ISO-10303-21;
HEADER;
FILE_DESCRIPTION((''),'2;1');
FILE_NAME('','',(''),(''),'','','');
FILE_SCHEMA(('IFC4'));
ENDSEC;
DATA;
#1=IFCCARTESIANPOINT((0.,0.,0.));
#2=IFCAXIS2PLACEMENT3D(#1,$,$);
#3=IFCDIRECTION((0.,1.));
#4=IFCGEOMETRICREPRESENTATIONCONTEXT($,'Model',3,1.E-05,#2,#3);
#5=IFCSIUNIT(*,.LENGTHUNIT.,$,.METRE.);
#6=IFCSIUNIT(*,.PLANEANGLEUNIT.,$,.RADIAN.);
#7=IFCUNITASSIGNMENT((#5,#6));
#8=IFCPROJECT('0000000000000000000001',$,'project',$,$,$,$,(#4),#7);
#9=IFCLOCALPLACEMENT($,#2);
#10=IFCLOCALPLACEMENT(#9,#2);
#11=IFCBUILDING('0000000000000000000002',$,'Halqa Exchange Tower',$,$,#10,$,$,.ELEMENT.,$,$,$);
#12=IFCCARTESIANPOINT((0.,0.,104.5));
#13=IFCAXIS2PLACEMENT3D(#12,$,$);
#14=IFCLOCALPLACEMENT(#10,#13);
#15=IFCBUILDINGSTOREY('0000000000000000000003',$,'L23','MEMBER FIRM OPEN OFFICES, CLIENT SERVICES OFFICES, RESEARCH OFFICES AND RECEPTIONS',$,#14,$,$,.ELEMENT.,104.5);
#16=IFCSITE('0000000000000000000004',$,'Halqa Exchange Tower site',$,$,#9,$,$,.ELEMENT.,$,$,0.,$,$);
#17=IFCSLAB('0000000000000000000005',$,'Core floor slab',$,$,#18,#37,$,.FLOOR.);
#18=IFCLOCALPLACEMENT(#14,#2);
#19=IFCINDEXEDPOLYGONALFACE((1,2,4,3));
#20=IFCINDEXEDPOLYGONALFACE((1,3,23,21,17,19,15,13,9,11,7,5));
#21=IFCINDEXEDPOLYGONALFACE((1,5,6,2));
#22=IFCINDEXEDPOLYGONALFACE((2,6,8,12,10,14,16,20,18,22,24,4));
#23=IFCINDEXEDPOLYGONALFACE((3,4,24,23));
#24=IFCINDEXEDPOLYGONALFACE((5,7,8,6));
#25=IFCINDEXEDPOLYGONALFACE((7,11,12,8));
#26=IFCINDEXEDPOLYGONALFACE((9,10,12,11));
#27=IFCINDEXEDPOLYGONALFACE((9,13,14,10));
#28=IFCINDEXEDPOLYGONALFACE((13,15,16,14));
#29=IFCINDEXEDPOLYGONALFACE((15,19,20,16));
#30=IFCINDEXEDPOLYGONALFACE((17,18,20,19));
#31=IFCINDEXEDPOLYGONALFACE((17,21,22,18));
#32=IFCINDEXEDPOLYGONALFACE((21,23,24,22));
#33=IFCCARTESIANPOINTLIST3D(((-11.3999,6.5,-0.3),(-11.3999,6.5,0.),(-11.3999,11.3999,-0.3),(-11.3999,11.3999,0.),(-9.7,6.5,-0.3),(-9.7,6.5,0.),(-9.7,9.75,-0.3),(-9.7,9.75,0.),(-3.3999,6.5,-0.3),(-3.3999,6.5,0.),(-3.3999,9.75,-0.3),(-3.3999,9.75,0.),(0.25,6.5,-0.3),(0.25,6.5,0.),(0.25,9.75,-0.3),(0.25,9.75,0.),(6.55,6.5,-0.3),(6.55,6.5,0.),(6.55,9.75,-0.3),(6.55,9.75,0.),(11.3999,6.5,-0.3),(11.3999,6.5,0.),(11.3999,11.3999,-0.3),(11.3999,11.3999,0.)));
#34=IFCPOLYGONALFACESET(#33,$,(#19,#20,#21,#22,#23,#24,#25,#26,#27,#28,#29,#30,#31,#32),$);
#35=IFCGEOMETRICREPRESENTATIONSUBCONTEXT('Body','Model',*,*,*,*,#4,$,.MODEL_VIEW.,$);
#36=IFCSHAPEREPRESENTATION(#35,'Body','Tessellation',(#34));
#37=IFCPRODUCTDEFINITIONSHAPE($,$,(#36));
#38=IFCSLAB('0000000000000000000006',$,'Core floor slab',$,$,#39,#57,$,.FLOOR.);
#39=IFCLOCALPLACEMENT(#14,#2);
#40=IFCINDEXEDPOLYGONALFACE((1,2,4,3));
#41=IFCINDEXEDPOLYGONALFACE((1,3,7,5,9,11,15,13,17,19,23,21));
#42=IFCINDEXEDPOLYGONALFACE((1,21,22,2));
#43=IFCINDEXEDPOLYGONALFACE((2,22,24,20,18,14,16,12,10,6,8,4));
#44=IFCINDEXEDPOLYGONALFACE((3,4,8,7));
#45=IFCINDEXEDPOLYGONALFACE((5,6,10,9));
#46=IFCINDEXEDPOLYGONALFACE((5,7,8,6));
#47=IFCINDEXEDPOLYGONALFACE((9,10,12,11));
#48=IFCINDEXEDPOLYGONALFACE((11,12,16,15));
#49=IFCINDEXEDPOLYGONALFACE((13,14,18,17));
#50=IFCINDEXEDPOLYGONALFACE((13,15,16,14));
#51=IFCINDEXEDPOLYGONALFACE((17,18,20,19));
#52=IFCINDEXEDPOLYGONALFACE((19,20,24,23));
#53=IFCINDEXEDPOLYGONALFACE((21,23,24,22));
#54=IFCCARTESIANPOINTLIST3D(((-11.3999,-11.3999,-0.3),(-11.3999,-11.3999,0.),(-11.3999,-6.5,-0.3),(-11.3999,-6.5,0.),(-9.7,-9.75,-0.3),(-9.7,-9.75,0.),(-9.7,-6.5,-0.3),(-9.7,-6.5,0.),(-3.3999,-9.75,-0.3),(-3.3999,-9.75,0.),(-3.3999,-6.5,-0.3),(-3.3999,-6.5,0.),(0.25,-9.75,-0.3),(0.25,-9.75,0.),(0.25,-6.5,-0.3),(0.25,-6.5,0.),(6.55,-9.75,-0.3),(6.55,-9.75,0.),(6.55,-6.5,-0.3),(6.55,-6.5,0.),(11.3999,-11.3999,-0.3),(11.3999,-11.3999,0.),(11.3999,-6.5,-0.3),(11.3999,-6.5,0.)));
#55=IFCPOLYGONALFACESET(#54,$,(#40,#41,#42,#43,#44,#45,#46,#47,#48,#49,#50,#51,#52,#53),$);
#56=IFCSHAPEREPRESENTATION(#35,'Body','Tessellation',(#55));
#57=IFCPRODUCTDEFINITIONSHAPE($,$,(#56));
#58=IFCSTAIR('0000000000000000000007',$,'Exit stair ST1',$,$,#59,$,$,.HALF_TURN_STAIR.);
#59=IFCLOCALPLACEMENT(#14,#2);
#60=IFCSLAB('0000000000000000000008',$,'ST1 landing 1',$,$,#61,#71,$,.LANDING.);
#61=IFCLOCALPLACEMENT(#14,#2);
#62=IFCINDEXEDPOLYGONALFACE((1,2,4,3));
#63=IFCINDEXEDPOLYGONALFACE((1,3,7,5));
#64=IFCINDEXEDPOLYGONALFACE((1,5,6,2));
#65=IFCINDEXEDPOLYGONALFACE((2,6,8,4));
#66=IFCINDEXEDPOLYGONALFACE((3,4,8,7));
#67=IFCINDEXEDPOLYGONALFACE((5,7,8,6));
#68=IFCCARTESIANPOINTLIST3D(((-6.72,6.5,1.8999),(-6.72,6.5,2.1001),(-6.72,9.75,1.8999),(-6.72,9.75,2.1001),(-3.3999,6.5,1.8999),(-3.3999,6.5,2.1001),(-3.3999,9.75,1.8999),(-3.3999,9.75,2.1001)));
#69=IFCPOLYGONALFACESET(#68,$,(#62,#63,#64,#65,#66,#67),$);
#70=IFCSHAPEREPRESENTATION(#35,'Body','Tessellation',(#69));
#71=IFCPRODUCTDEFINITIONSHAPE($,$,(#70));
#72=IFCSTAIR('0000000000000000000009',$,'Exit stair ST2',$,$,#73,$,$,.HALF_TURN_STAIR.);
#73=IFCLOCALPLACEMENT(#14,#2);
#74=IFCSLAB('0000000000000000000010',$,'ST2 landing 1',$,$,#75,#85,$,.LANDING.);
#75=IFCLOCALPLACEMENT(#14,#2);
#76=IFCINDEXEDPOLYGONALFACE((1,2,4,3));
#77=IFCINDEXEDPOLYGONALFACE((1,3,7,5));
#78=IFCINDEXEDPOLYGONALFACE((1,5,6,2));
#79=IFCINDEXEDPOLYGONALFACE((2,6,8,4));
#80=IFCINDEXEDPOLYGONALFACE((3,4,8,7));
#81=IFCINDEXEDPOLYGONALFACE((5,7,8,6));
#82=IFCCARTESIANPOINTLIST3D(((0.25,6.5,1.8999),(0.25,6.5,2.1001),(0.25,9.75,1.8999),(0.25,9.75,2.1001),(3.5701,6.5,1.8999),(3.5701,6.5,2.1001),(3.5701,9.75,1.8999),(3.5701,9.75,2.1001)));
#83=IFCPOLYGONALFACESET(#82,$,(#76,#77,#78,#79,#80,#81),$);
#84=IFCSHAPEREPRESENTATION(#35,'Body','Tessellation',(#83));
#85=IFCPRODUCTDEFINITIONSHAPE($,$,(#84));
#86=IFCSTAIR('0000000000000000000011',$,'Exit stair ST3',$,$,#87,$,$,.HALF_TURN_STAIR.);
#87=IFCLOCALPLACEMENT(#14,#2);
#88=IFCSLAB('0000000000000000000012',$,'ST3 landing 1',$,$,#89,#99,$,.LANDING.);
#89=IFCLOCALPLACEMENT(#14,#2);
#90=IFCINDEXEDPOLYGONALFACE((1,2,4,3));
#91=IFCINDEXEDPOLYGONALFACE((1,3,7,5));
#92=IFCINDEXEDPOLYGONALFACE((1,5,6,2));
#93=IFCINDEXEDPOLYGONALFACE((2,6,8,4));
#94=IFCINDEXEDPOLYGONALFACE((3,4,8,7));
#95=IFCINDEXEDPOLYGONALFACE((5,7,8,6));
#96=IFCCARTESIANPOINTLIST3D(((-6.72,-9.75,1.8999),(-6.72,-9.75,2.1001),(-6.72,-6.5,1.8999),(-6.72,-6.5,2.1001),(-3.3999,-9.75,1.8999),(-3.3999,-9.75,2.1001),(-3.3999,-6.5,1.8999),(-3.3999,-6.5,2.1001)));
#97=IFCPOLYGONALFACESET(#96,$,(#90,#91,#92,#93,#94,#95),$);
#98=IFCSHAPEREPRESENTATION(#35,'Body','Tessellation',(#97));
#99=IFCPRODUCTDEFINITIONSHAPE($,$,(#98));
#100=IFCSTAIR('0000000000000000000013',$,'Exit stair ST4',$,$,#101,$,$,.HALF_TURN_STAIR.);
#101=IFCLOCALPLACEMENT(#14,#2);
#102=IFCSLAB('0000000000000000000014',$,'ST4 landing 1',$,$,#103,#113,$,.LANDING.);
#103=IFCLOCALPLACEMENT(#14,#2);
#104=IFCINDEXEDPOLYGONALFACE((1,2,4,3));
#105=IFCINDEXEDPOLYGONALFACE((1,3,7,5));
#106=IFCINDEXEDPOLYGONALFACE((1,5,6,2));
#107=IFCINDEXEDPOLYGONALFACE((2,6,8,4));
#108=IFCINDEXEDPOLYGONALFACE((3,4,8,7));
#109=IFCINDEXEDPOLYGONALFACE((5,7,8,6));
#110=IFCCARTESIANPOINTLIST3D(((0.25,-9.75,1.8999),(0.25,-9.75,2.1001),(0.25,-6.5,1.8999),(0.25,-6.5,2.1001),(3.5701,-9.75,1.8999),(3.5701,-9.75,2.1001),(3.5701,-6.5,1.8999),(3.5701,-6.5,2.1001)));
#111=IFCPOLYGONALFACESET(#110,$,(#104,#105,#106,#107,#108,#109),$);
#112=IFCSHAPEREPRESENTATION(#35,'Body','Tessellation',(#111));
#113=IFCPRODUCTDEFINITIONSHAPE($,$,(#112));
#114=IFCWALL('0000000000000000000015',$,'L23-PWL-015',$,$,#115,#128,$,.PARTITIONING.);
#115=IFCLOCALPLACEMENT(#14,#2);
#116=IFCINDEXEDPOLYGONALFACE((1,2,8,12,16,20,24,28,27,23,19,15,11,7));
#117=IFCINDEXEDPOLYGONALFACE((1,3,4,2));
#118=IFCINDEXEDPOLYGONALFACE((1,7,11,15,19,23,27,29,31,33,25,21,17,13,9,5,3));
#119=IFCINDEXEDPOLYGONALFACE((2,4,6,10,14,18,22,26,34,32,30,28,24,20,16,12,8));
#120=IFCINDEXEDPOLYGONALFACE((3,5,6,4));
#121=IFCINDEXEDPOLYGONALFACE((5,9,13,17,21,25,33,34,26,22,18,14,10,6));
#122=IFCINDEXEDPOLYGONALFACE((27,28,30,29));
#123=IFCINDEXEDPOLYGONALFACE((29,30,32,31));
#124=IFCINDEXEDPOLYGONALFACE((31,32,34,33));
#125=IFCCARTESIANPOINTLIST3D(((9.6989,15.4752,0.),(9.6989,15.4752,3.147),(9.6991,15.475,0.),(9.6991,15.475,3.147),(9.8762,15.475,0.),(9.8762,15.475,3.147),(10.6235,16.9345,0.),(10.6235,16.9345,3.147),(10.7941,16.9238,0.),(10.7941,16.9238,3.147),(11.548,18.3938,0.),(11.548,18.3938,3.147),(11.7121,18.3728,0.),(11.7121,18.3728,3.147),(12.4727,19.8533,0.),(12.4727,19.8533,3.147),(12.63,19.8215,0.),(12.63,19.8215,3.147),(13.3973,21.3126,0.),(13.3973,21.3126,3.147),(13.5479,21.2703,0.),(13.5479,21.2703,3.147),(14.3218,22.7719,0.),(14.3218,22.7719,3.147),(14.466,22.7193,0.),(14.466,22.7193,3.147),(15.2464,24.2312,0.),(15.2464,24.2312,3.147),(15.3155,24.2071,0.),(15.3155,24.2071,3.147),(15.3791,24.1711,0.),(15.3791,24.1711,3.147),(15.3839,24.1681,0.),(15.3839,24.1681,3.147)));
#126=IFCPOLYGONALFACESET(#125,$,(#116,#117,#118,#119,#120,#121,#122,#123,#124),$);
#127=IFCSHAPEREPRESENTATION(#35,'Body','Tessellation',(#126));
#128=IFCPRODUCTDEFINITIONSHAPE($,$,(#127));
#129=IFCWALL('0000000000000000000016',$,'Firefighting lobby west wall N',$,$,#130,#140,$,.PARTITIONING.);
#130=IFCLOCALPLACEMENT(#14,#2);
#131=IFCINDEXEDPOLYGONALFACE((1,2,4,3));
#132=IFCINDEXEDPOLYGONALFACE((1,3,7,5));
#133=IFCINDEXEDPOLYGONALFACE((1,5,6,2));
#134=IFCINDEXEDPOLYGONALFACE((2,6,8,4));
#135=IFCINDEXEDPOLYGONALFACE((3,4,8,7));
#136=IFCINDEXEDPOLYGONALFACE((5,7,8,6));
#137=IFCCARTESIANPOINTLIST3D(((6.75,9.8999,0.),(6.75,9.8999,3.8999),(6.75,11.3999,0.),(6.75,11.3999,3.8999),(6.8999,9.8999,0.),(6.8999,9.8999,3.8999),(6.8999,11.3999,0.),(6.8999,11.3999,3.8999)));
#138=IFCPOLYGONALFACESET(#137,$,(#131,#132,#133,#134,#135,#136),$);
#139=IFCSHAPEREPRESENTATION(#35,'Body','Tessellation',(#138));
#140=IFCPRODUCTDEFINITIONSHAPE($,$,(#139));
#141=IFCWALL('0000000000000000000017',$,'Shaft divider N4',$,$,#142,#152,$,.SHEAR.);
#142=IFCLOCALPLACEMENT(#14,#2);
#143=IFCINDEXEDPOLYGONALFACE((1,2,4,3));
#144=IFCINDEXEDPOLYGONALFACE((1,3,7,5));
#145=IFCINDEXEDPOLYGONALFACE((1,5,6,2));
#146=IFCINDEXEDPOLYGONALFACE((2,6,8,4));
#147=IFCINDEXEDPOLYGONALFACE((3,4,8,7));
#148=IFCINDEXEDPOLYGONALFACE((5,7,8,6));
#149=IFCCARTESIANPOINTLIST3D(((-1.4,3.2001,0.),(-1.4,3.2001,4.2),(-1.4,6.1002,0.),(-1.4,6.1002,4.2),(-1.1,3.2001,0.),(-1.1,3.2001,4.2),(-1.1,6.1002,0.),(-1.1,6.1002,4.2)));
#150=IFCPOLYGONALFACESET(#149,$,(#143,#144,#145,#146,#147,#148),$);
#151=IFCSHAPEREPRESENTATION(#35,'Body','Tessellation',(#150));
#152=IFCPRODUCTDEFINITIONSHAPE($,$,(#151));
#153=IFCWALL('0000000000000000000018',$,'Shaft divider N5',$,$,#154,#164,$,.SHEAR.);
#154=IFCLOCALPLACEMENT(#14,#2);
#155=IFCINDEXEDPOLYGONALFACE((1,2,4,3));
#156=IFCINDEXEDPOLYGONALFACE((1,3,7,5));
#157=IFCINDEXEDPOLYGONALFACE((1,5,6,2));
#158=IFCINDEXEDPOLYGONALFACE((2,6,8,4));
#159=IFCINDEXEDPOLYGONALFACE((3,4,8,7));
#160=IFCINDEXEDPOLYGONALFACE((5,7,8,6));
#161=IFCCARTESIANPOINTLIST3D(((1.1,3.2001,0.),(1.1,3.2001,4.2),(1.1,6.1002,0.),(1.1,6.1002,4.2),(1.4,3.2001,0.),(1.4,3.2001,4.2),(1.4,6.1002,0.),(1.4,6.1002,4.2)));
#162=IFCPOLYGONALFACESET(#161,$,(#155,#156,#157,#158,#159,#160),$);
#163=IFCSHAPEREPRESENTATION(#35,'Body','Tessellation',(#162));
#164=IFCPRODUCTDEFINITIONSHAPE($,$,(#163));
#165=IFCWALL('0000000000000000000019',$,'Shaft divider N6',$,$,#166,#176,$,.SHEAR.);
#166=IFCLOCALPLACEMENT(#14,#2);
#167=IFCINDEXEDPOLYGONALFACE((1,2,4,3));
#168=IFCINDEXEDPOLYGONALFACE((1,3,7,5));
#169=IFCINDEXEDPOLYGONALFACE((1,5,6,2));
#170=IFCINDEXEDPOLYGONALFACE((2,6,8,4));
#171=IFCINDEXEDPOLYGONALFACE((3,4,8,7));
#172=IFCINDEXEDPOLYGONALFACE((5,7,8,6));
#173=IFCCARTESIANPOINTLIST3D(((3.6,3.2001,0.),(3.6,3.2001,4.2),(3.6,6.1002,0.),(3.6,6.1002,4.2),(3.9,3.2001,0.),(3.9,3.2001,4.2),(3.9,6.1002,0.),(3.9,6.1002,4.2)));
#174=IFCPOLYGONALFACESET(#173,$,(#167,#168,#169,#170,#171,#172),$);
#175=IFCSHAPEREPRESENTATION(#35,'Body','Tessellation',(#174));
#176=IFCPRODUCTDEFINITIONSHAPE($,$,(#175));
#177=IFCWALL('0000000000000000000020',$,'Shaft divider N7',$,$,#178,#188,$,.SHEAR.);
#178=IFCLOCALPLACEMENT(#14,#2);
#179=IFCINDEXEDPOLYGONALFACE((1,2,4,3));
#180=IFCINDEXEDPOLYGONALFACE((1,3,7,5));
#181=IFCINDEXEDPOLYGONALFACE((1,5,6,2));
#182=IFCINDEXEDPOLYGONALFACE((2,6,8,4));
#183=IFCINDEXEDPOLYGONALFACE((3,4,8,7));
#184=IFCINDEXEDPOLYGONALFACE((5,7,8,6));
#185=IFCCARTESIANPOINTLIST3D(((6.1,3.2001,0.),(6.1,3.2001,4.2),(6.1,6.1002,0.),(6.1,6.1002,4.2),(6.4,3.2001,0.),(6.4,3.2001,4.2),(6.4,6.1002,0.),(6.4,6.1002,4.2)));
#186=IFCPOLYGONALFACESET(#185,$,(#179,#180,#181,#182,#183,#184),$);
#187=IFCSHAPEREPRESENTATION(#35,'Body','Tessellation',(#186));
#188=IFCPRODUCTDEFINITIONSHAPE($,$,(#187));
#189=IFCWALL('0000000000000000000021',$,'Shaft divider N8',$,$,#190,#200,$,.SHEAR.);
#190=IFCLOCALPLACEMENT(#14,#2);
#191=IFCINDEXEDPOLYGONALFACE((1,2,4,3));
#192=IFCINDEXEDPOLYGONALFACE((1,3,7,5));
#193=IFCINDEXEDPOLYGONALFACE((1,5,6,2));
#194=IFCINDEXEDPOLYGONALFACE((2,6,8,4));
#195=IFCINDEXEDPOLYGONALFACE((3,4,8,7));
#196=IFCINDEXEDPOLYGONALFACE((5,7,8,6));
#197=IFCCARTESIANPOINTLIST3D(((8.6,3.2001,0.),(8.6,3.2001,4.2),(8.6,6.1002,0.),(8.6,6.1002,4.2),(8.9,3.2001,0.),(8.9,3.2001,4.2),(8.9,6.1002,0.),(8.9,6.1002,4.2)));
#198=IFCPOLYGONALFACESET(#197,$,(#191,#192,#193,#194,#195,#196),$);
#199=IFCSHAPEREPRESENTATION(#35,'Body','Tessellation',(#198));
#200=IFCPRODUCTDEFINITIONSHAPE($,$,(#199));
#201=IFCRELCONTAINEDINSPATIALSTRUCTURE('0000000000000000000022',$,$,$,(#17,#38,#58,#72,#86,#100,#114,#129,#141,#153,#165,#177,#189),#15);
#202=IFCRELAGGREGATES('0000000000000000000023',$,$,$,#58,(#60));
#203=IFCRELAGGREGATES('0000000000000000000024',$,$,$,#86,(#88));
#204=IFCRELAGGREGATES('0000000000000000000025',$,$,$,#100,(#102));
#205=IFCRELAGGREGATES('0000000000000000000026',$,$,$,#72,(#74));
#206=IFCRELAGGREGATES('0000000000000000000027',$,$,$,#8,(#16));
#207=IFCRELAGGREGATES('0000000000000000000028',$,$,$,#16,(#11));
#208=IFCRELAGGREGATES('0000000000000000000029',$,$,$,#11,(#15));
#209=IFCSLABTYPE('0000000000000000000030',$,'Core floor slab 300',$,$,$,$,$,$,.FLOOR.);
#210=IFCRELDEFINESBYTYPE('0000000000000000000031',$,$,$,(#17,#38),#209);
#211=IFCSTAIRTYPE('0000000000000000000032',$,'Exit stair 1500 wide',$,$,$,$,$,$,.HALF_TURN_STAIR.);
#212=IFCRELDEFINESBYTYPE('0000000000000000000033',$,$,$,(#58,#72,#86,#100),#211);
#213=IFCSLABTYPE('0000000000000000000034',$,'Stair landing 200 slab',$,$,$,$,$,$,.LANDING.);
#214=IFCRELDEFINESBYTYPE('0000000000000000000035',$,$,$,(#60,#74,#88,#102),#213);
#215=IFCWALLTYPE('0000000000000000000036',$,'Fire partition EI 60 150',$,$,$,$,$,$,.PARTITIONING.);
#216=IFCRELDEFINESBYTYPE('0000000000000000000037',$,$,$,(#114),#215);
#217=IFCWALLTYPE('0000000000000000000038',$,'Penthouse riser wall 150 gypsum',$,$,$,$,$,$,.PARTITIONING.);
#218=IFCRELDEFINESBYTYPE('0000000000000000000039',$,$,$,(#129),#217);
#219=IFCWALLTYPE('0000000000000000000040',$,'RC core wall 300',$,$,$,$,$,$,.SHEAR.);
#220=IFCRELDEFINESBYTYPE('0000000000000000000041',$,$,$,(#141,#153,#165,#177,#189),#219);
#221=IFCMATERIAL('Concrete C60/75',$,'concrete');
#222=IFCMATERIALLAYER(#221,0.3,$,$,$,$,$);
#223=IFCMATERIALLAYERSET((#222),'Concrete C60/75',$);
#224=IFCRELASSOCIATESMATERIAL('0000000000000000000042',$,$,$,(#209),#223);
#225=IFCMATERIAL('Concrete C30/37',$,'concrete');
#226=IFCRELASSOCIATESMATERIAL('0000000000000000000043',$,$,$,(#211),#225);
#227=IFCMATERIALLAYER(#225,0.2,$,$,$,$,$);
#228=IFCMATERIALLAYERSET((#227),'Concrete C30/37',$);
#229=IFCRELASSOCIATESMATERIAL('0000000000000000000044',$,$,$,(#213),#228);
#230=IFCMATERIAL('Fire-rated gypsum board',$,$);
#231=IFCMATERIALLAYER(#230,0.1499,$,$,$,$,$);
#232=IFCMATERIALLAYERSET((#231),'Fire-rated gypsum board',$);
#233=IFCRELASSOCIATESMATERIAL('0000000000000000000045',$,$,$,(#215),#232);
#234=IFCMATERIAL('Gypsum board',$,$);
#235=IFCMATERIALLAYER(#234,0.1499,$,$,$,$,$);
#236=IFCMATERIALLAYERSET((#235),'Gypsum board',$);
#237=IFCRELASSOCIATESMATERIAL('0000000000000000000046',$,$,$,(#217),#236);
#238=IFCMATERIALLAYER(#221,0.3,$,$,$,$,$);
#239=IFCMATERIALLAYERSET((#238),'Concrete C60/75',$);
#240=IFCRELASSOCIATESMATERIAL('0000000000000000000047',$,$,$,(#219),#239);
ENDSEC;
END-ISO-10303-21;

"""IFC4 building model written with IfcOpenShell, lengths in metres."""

from ifc_helpers import new_model, si_unit, direction, frame, frame_2d, origin, place, context, subcontext, project, spatial, polyline, rectangle, outline, extrude, material, layer, layer_set, type_object, element, aggregate, save


model = new_model("IFC4")

# Units and contexts
model_context = context("Model", 3, precision=1e-05, world=origin(), true_north=direction((0.0, 1.0)))
body_context = subcontext(model_context, "Body", "Model", "MODEL_VIEW")
ifc_project = project(units=[si_unit("LENGTHUNIT", "METRE"), si_unit("PLANEANGLEUNIT", "RADIAN")], contexts=[model_context])

# Site, building, storey
site_placement = place(None, origin())
site = spatial("IfcSite", under=ifc_project, at=site_placement, Name="Halqa Exchange Tower site", CompositionType="ELEMENT", RefElevation=0.0)
building_placement = place(site_placement, origin())
building = spatial("IfcBuilding", under=site, at=building_placement, Name="Halqa Exchange Tower", CompositionType="ELEMENT")
storey_placement = place(building_placement, frame((0.0, 0.0, 104.5)))
storey = spatial("IfcBuildingStorey", under=building, at=storey_placement, Name="L23", Description="MEMBER FIRM OPEN OFFICES, CLIENT SERVICES OFFICES, RESEARCH OFFICES AND RECEPTIONS", CompositionType="ELEMENT", Elevation=104.5)

# Shared definitions
ifc_material_1 = material(Name="Concrete C60/75", Category="concrete")

# Slabs
ifc_layer_1 = layer(ifc_material_1, 0.3)
ifc_layer_set_1 = layer_set([ifc_layer_1], Name="Concrete C60/75")
slab_type_1 = type_object("IfcSlabType", Name="Core floor slab 300", PredefinedType="FLOOR", material=ifc_layer_set_1)
slab_1_placement = place(storey_placement, frame((0.0, 0.0, -0.3)))
element("IfcSlab", 1, at=slab_1_placement, inside=storey, type_object=slab_type_1, Name="Core floor slab", PredefinedType="FLOOR", context=body_context, shape_type="SweptSolid", body=[
    extrude(outline(polyline([(-11.3999, 11.3999), (11.3999, 11.3999), (11.3999, 6.5), (6.55, 6.5), (6.55, 9.75), (0.25, 9.75), (0.25, 6.5), (-3.3999, 6.5), (-3.3999, 9.75), (-9.7, 9.75), (-9.7, 6.5), (-11.3999, 6.5), (-11.3999, 11.3999)])), origin(), (0.0, 0.0, 1.0), 0.3),
])
slab_2_placement = place(storey_placement, frame((0.0, 0.0, -0.3)))
element("IfcSlab", 2, at=slab_2_placement, inside=storey, type_object=slab_type_1, Name="Core floor slab", PredefinedType="FLOOR", context=body_context, shape_type="SweptSolid", body=[
    extrude(outline(polyline([(-9.7, -9.75), (-3.3999, -9.75), (-3.3999, -6.5), (0.25, -6.5), (0.25, -9.75), (6.55, -9.75), (6.55, -6.5), (11.3999, -6.5), (11.3999, -11.3999), (-11.3999, -11.3999), (-11.3999, -6.5), (-9.7, -6.5), (-9.7, -9.75)])), origin(), (0.0, 0.0, 1.0), 0.3),
])

# Stairs, slabs
ifc_material_2 = material(Name="Concrete C30/37", Category="concrete")
stair_type = type_object("IfcStairType", Name="Exit stair 1500 wide", PredefinedType="HALF_TURN_STAIR", material=ifc_material_2)
stair_1_placement = place(storey_placement, origin())
stair_1 = element("IfcStair", 3, at=stair_1_placement, inside=storey, type_object=stair_type, Name="Exit stair ST1", PredefinedType="HALF_TURN_STAIR")
ifc_layer_2 = layer(ifc_material_2, 0.2)
ifc_layer_set_2 = layer_set([ifc_layer_2], Name="Concrete C30/37")
slab_type_2 = type_object("IfcSlabType", Name="Stair landing 200 slab", PredefinedType="LANDING", material=ifc_layer_set_2)
slab_3_placement = place(storey_placement, frame((0.0, 0.0, 1.8999)))
slab_3 = element("IfcSlab", 4, at=slab_3_placement, type_object=slab_type_2, Name="ST1 landing 1", PredefinedType="LANDING", context=body_context, shape_type="SweptSolid", body=[
    extrude(outline(polyline([(-6.72, 6.5), (-3.3999, 6.5), (-3.3999, 9.75), (-6.72, 9.75), (-6.72, 6.5)])), origin(), (0.0, 0.0, 1.0), 0.2002),
])
aggregate(stair_1, [slab_3])
stair_2_placement = place(storey_placement, origin())
stair_2 = element("IfcStair", 5, at=stair_2_placement, inside=storey, type_object=stair_type, Name="Exit stair ST2", PredefinedType="HALF_TURN_STAIR")
slab_4_placement = place(storey_placement, frame((0.0, 0.0, 1.8999)))
slab_4 = element("IfcSlab", 6, at=slab_4_placement, type_object=slab_type_2, Name="ST2 landing 1", PredefinedType="LANDING", context=body_context, shape_type="SweptSolid", body=[
    extrude(outline(polyline([(0.25, 6.5), (3.5701, 6.5), (3.5701, 9.75), (0.25, 9.75), (0.25, 6.5)])), origin(), (0.0, 0.0, 1.0), 0.2002),
])
stair_3_placement = place(storey_placement, origin())
stair_3 = element("IfcStair", 7, at=stair_3_placement, inside=storey, type_object=stair_type, Name="Exit stair ST3", PredefinedType="HALF_TURN_STAIR")
slab_5_placement = place(storey_placement, frame((0.0, 0.0, 1.8999)))
slab_5 = element("IfcSlab", 8, at=slab_5_placement, type_object=slab_type_2, Name="ST3 landing 1", PredefinedType="LANDING", context=body_context, shape_type="SweptSolid", body=[
    extrude(outline(polyline([(-6.72, -9.75), (-3.3999, -9.75), (-3.3999, -6.5), (-6.72, -6.5), (-6.72, -9.75)])), origin(), (0.0, 0.0, 1.0), 0.2002),
])
aggregate(stair_3, [slab_5])
stair_4_placement = place(storey_placement, origin())
stair_4 = element("IfcStair", 9, at=stair_4_placement, inside=storey, type_object=stair_type, Name="Exit stair ST4", PredefinedType="HALF_TURN_STAIR")
slab_6_placement = place(storey_placement, frame((0.0, 0.0, 1.8999)))
slab_6 = element("IfcSlab", 10, at=slab_6_placement, type_object=slab_type_2, Name="ST4 landing 1", PredefinedType="LANDING", context=body_context, shape_type="SweptSolid", body=[
    extrude(outline(polyline([(0.25, -9.75), (3.5701, -9.75), (3.5701, -6.5), (0.25, -6.5), (0.25, -9.75)])), origin(), (0.0, 0.0, 1.0), 0.2002),
])
aggregate(stair_4, [slab_6])

# Walls
ifc_material_3 = material(Name="Fire-rated gypsum board")
ifc_layer_3 = layer(ifc_material_3, 0.1499)
ifc_layer_set_3 = layer_set([ifc_layer_3], Name="Fire-rated gypsum board")
wall_type_1 = type_object("IfcWallType", Name="Fire partition EI 60 150", PredefinedType="PARTITIONING", material=ifc_layer_set_3)
wall_1_placement = place(storey_placement, frame((9.7622, 15.4351, 0.0), z_axis=(0.0, 0.0, 1.0), x_axis=(0.535189, 0.844732, 0.0)))
element("IfcWall", 11, at=wall_1_placement, inside=storey, type_object=wall_type_1, Name="L23-PWL-015", PredefinedType="PARTITIONING", context=body_context, shape_type="SweptSolid", body=[
    extrude(outline(polyline([(10.3857, -0.075), (10.3857, -0.0693), (10.3821, 0.0037), (10.3655, 0.075), (8.6379, 0.075), (6.9104, 0.075), (5.1829, 0.075), (3.4551, 0.075), (1.7275, 0.075), (0.0, 0.075), (0.0, 0.0747), (0.0947, -0.075), (1.8098, -0.075), (3.5251, -0.075), (5.2402, -0.075), (6.9553, -0.075), (8.6707, -0.075), (10.3857, -0.075)])), origin(), (0.0, 0.0, 1.0), 3.147),
])
ifc_material_4 = material(Name="Gypsum board")
ifc_layer_4 = layer(ifc_material_4, 0.1499)
ifc_layer_set_4 = layer_set([ifc_layer_4], Name="Gypsum board")
wall_type_2 = type_object("IfcWallType", Name="Penthouse riser wall 150 gypsum", PredefinedType="PARTITIONING", material=ifc_layer_set_4)
wall_2_placement = place(storey_placement, frame((6.825, 9.8999, 0.0), z_axis=(0.0, 0.0, 1.0), x_axis=(0.0, 1.0, 0.0)))
element("IfcWall", 12, at=wall_2_placement, inside=storey, type_object=wall_type_2, Name="Firefighting lobby west wall N", PredefinedType="PARTITIONING", context=body_context, shape_type="SweptSolid", body=[
    extrude(rectangle(XDim=1.5, YDim=0.1499, at=frame_2d((0.75, 0.0))), origin(), (0.0, 0.0, 1.0), 3.8999),
])
ifc_layer_5 = layer(ifc_material_1, 0.3)
ifc_layer_set_5 = layer_set([ifc_layer_5], Name="Concrete C60/75")
wall_type_3 = type_object("IfcWallType", Name="RC core wall 300", PredefinedType="SHEAR", material=ifc_layer_set_5)
for number, where, z_axis, x_axis, name in (
    (13, (-1.25, 3.2, 0.0), (0.0, 0.0, 1.0), (0.0, 1.0, 0.0), "Shaft divider N4"),
    (14, (1.25, 3.2, 0.0), (0.0, 0.0, 1.0), (0.0, 1.0, 0.0), "Shaft divider N5"),
    (15, (3.75, 3.2, 0.0), (0.0, 0.0, 1.0), (0.0, 1.0, 0.0), "Shaft divider N6"),
    (16, (6.25, 3.2, 0.0), (0.0, 0.0, 1.0), (0.0, 1.0, 0.0), "Shaft divider N7"),
    (17, (8.75, 3.2, 0.0), (0.0, 0.0, 1.0), (0.0, 1.0, 0.0), "Shaft divider N8"),
):
    element("IfcWall", number, at=place(storey_placement, frame(where, z_axis=z_axis, x_axis=x_axis)), inside=storey, type_object=wall_type_3, Name=name, PredefinedType="SHEAR", context=body_context, shape_type="SweptSolid", body=[
        extrude(rectangle(XDim=2.9001, YDim=0.3, at=frame_2d((1.4502, 0.0))), origin(), (0.0, 0.0, 1.0), 4.2),
    ])

aggregate(stair_2, [slab_4])

save(model, "model.ifc")
